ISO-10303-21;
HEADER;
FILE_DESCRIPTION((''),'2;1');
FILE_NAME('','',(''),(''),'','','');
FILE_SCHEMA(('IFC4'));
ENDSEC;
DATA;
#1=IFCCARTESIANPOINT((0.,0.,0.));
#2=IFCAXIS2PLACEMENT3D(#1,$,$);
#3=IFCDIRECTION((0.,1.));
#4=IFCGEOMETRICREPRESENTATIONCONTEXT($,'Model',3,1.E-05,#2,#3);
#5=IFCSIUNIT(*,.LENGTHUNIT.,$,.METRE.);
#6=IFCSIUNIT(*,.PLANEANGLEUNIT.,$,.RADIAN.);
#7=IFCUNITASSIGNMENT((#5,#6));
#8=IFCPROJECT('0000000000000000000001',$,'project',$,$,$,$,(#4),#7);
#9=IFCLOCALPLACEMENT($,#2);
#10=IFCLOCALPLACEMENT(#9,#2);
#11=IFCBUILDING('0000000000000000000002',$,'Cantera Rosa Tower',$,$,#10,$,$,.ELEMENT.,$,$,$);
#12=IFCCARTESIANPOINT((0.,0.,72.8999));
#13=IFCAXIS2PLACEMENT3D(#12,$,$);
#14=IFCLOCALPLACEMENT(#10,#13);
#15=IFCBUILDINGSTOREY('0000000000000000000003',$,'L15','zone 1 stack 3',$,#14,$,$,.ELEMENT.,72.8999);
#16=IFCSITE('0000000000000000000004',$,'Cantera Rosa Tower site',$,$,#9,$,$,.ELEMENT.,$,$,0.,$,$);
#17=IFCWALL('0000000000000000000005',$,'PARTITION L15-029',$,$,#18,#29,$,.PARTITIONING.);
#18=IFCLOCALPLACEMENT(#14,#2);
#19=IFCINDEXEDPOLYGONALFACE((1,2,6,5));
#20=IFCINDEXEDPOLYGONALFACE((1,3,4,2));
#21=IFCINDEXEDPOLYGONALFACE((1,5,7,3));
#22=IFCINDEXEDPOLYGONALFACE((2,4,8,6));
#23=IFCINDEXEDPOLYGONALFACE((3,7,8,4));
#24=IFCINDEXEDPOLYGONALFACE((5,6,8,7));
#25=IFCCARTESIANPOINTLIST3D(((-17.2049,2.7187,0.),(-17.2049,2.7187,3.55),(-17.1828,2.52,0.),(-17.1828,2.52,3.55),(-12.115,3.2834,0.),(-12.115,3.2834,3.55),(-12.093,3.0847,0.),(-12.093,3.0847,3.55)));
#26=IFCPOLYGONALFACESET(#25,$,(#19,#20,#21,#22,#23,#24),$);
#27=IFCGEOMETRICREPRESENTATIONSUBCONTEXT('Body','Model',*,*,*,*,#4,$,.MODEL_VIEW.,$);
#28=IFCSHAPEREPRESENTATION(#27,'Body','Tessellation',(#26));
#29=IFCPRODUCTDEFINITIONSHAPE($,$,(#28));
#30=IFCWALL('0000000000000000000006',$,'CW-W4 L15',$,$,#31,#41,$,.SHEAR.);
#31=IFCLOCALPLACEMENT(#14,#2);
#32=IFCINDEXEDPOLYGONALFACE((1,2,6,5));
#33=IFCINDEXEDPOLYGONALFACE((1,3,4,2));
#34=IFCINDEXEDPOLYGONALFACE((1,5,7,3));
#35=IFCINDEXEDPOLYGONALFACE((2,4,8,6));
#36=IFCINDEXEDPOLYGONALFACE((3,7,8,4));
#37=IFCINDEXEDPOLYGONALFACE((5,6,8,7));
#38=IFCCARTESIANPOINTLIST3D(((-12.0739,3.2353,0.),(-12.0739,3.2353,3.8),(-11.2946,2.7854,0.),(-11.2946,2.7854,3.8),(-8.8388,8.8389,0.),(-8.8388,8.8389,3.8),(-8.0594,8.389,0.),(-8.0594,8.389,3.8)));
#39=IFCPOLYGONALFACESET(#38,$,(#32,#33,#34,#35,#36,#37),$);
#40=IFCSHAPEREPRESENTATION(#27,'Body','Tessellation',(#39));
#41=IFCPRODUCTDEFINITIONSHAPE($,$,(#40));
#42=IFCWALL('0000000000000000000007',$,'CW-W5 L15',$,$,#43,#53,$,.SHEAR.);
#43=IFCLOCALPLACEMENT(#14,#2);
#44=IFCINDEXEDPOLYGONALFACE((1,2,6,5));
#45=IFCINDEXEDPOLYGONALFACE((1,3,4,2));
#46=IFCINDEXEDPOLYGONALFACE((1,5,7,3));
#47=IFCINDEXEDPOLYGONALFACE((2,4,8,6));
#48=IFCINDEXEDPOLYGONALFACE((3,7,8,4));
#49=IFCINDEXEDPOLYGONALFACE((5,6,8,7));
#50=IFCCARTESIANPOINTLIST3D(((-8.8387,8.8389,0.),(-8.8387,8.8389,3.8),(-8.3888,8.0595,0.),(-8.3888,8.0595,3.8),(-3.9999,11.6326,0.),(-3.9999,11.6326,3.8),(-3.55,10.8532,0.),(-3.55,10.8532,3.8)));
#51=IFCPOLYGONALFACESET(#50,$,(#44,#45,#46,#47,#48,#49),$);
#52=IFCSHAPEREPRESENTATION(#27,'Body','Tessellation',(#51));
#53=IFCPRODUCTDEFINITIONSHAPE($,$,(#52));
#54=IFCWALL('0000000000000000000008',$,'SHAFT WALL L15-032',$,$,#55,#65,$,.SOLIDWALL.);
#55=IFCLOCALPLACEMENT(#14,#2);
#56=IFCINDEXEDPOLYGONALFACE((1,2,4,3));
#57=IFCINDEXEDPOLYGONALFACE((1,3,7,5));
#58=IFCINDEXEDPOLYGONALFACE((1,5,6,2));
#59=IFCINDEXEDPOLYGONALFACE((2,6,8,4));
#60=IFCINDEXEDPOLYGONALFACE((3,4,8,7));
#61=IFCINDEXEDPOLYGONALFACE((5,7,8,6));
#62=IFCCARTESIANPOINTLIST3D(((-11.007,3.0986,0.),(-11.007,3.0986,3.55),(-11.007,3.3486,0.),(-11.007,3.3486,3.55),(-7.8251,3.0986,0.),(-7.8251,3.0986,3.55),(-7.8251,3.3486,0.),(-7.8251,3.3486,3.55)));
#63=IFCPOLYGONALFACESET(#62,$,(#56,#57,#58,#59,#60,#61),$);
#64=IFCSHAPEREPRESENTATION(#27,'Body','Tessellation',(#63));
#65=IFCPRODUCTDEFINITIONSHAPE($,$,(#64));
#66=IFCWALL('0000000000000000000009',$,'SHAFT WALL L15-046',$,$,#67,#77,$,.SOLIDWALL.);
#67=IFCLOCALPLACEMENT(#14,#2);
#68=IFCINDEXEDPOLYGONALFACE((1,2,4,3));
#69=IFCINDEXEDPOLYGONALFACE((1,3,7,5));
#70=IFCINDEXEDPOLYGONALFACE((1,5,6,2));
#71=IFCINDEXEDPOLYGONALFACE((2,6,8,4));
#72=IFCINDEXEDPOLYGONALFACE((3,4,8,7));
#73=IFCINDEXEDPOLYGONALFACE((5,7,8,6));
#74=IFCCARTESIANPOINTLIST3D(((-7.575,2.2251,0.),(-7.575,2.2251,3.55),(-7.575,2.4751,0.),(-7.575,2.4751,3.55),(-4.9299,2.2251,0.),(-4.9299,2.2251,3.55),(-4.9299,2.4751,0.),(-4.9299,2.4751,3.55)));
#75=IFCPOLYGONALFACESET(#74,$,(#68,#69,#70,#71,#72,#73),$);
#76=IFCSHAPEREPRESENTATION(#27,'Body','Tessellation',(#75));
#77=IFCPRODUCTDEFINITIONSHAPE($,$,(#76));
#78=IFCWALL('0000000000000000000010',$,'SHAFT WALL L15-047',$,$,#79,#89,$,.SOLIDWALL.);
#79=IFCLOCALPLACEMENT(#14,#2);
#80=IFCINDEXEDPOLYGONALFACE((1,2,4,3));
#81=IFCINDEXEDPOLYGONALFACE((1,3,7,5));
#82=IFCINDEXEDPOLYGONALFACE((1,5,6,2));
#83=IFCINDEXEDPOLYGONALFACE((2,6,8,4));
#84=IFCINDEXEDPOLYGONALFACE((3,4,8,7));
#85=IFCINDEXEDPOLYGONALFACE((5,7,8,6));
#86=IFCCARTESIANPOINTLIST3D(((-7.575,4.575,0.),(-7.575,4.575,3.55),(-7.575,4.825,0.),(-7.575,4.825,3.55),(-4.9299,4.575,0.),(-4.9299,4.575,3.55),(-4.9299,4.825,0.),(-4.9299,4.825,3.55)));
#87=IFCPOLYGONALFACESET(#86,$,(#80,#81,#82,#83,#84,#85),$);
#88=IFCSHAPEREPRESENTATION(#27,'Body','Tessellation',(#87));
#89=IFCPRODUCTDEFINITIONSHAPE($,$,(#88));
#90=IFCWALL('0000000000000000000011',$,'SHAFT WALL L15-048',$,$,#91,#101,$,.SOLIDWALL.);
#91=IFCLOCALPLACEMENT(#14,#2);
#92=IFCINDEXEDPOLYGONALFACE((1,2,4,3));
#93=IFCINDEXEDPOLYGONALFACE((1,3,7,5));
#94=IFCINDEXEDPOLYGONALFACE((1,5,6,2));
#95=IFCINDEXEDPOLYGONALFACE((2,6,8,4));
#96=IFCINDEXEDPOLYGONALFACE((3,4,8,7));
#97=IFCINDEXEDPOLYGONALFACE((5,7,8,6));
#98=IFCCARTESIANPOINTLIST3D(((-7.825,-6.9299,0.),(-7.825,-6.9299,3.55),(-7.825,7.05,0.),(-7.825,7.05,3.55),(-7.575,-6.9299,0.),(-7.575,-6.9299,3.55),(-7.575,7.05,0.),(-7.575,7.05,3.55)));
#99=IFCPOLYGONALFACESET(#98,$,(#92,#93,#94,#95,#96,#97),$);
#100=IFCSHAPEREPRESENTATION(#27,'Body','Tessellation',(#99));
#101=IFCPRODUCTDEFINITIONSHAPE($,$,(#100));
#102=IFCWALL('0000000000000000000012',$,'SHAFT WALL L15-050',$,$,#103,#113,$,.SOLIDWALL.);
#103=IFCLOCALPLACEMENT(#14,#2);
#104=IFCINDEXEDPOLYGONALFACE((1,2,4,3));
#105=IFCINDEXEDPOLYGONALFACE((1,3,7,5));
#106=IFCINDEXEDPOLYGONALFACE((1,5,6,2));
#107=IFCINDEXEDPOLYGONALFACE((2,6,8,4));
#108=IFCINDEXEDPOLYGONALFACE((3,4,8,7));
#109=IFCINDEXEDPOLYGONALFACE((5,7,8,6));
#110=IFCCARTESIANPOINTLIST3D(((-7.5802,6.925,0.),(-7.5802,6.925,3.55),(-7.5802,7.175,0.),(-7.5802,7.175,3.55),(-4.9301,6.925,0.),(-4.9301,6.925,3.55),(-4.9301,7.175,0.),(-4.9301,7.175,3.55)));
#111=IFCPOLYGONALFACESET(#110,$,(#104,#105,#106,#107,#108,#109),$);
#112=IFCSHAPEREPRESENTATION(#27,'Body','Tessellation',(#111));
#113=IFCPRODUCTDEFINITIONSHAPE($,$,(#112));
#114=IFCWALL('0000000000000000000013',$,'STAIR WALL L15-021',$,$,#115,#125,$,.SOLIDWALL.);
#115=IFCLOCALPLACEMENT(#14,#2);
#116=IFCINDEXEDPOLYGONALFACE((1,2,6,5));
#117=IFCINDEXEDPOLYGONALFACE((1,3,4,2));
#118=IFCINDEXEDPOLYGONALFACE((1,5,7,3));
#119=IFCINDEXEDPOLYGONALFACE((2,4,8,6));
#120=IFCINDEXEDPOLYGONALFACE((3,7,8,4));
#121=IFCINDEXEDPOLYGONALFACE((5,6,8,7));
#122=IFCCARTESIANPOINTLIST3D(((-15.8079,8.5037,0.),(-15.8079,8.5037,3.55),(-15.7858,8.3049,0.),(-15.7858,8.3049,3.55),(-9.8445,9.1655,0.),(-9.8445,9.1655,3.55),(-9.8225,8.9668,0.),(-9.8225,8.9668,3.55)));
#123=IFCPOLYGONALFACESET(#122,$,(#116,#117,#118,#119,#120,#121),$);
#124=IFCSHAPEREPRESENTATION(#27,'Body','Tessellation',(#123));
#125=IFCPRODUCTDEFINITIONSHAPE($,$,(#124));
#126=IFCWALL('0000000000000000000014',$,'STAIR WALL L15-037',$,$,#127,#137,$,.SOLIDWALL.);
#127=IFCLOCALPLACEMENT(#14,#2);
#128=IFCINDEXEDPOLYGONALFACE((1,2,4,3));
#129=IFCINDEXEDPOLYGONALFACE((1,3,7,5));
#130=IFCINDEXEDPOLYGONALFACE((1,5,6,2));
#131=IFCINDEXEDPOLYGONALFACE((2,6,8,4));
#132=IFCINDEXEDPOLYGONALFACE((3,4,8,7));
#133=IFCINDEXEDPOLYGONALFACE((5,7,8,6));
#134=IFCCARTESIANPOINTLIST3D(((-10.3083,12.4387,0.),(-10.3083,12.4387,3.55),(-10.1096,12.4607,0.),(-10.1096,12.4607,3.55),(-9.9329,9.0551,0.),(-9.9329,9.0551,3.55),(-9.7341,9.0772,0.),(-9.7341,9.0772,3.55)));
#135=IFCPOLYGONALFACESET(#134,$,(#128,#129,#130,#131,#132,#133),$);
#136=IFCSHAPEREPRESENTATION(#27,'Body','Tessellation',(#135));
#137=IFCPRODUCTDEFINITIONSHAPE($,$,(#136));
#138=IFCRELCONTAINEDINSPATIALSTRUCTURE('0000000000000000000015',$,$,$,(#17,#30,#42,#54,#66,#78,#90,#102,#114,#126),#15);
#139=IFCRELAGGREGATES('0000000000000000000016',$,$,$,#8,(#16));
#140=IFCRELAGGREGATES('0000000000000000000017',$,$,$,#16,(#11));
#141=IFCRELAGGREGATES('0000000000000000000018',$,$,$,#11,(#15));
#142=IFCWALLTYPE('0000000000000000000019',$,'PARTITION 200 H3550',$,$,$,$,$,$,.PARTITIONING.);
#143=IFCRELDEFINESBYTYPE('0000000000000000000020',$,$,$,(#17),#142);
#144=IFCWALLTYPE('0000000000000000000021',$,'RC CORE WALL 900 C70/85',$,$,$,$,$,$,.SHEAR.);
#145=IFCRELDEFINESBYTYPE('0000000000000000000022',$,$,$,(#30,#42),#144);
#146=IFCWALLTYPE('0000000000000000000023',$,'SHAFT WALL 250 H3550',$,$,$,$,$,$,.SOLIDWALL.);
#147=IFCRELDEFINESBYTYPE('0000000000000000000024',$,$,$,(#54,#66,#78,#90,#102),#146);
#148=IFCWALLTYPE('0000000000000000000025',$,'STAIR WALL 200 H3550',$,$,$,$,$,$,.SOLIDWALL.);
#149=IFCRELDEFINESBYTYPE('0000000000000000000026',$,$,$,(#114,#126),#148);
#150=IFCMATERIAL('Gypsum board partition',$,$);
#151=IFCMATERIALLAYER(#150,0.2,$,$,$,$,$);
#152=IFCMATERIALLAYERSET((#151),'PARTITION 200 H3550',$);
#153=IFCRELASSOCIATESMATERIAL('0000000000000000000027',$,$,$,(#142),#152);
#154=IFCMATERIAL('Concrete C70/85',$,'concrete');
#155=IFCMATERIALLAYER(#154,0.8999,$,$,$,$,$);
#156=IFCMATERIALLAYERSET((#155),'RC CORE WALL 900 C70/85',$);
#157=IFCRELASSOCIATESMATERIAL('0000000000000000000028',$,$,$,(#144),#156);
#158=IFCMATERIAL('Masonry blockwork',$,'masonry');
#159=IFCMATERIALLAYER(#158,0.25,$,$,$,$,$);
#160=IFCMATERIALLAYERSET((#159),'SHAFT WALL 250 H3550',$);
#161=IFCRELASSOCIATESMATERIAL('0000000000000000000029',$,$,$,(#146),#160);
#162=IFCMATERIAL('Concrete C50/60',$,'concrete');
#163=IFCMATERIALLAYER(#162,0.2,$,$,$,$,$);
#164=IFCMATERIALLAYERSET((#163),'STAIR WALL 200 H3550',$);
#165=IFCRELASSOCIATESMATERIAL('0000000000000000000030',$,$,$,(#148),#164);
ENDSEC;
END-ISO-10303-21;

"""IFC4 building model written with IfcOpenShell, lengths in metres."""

from ifc_helpers import new_model, si_unit, direction, frame, frame_2d, origin, place, context, subcontext, project, spatial, rectangle, extrude, material, layer, layer_set, type_object, element, save


model = new_model("IFC4")

# Units and contexts
model_context = context("Model", 3, precision=1e-05, world=origin(), true_north=direction((0.0, 1.0)))
body_context = subcontext(model_context, "Body", "Model", "MODEL_VIEW")
ifc_project = project(units=[si_unit("LENGTHUNIT", "METRE"), si_unit("PLANEANGLEUNIT", "RADIAN")], contexts=[model_context])

# Site, building, storey
site_placement = place(None, origin())
site = spatial("IfcSite", under=ifc_project, at=site_placement, Name="Cantera Rosa Tower site", CompositionType="ELEMENT", RefElevation=0.0)
building_placement = place(site_placement, origin())
building = spatial("IfcBuilding", under=site, at=building_placement, Name="Cantera Rosa Tower", CompositionType="ELEMENT")
storey_placement = place(building_placement, frame((0.0, 0.0, 72.8999)))
storey = spatial("IfcBuildingStorey", under=building, at=storey_placement, Name="L15", Description="zone 1 stack 3", CompositionType="ELEMENT", Elevation=72.8999)

# Walls
ifc_material_1 = material(Name="Gypsum board partition")
ifc_layer_1 = layer(ifc_material_1, 0.2)
ifc_layer_set_1 = layer_set([ifc_layer_1], Name="PARTITION 200 H3550")
wall_type_1 = type_object("IfcWallType", Name="PARTITION 200 H3550", PredefinedType="PARTITIONING", material=ifc_layer_set_1)
wall_1_placement = place(storey_placement, frame((-12.104, 3.1841, 0.0), z_axis=(0.0, 0.0, 1.0), x_axis=(-0.993902, -0.110269, 0.0)))
element("IfcWall", 1, at=wall_1_placement, inside=storey, type_object=wall_type_1, Name="PARTITION L15-029", PredefinedType="PARTITIONING", context=body_context, shape_type="SweptSolid", body=[
    extrude(rectangle(XDim=5.1211, YDim=0.2, at=frame_2d((2.5605, 0.0))), origin(), (0.0, 0.0, 1.0), 3.55),
])
ifc_material_2 = material(Name="Concrete C70/85", Category="concrete")
ifc_layer_2 = layer(ifc_material_2, 0.8999)
ifc_layer_set_2 = layer_set([ifc_layer_2], Name="RC CORE WALL 900 C70/85")
wall_type_2 = type_object("IfcWallType", Name="RC CORE WALL 900 C70/85", PredefinedType="SHEAR", material=ifc_layer_set_2)
wall_2_placement = place(storey_placement, frame((-11.6843, 3.0103, 0.0), z_axis=(0.0, 0.0, 1.0), x_axis=(0.49999, 0.866031, 0.0)))
element("IfcWall", 2, at=wall_2_placement, inside=storey, type_object=wall_type_2, Name="CW-W4 L15", PredefinedType="SHEAR", context=body_context, shape_type="SweptSolid", body=[
    extrude(rectangle(XDim=6.4705, YDim=0.8999, at=frame_2d((3.2354, 0.0))), origin(), (0.0, 0.0, 1.0), 3.8),
])
wall_3_placement = place(storey_placement, frame((-8.6138, 8.4492, 0.0), z_axis=(0.0, 0.0, 1.0), x_axis=(0.866027, 0.499997, 0.0)))
element("IfcWall", 3, at=wall_3_placement, inside=storey, type_object=wall_type_2, Name="CW-W5 L15", PredefinedType="SHEAR", context=body_context, shape_type="SweptSolid", body=[
    extrude(rectangle(XDim=5.5874, YDim=0.8999, at=frame_2d((2.7937, 0.0))), origin(), (0.0, 0.0, 1.0), 3.8),
])
ifc_material_3 = material(Name="Masonry blockwork", Category="masonry")
ifc_layer_3 = layer(ifc_material_3, 0.25)
ifc_layer_set_3 = layer_set([ifc_layer_3], Name="SHAFT WALL 250 H3550")
wall_type_3 = type_object("IfcWallType", Name="SHAFT WALL 250 H3550", PredefinedType="SOLIDWALL", material=ifc_layer_set_3)
wall_4_placement = place(storey_placement, frame((-11.0068, 3.2236, 0.0), z_axis=(0.0, 0.0, 1.0), x_axis=(1.0, 0.0, 0.0)))
element("IfcWall", 4, at=wall_4_placement, inside=storey, type_object=wall_type_3, Name="SHAFT WALL L15-032", PredefinedType="SOLIDWALL", context=body_context, shape_type="SweptSolid", body=[
    extrude(rectangle(XDim=3.1819, YDim=0.25, at=frame_2d((1.5908, 0.0))), origin(), (0.0, 0.0, 1.0), 3.55),
])
for number, where, z_axis, x_axis, name in (
    (5, (-7.575, 2.3501, 0.0), (0.0, 0.0, 1.0), (1.0, 0.0, 0.0), "SHAFT WALL L15-046"),
    (6, (-7.575, 4.7, 0.0), (0.0, 0.0, 1.0), (1.0, 0.0, 0.0), "SHAFT WALL L15-047"),
):
    element("IfcWall", number, at=place(storey_placement, frame(where, z_axis=z_axis, x_axis=x_axis)), inside=storey, type_object=wall_type_3, Name=name, PredefinedType="SOLIDWALL", context=body_context, shape_type="SweptSolid", body=[
        extrude(rectangle(XDim=2.645, YDim=0.25, at=frame_2d((1.3225, 0.0))), origin(), (0.0, 0.0, 1.0), 3.55),
    ])
wall_5_placement = place(storey_placement, frame((-7.7, 7.05, 0.0), z_axis=(0.0, 0.0, 1.0), x_axis=(0.0, -1.0, 0.0)))
element("IfcWall", 7, at=wall_5_placement, inside=storey, type_object=wall_type_3, Name="SHAFT WALL L15-048", PredefinedType="SOLIDWALL", context=body_context, shape_type="SweptSolid", body=[
    extrude(rectangle(XDim=13.98, YDim=0.25, at=frame_2d((6.99, 0.0))), origin(), (0.0, 0.0, 1.0), 3.55),
])
wall_6_placement = place(storey_placement, frame((-4.9299, 7.05, 0.0), z_axis=(0.0, 0.0, 1.0), x_axis=(-1.0, 0.0, 0.0)))
element("IfcWall", 8, at=wall_6_placement, inside=storey, type_object=wall_type_3, Name="SHAFT WALL L15-050", PredefinedType="SOLIDWALL", context=body_context, shape_type="SweptSolid", body=[
    extrude(rectangle(XDim=2.6501, YDim=0.25, at=frame_2d((1.3252, 0.0))), origin(), (0.0, 0.0, 1.0), 3.55),
])
ifc_material_4 = material(Name="Concrete C50/60", Category="concrete")
ifc_layer_4 = layer(ifc_material_4, 0.2)
ifc_layer_set_4 = layer_set([ifc_layer_4], Name="STAIR WALL 200 H3550")
wall_type_4 = type_object("IfcWallType", Name="STAIR WALL 200 H3550", PredefinedType="SOLIDWALL", material=ifc_layer_set_4)
wall_7_placement = place(storey_placement, frame((-15.7969, 8.4043, 0.0), z_axis=(0.0, 0.0, 1.0), x_axis=(0.993897, 0.110311, 0.0)))
element("IfcWall", 9, at=wall_7_placement, inside=storey, type_object=wall_type_4, Name="STAIR WALL L15-021", PredefinedType="SOLIDWALL", context=body_context, shape_type="SweptSolid", body=[
    extrude(rectangle(XDim=6.0, YDim=0.2, at=frame_2d((3.0, 0.0))), origin(), (0.0, 0.0, 1.0), 3.55),
])
wall_8_placement = place(storey_placement, frame((-9.8335, 9.0662, 0.0), z_axis=(0.0, 0.0, 1.0), x_axis=(-0.110298, 0.993899, 0.0)))
element("IfcWall", 10, at=wall_8_placement, inside=storey, type_object=wall_type_4, Name="STAIR WALL L15-037", PredefinedType="SOLIDWALL", context=body_context, shape_type="SweptSolid", body=[
    extrude(rectangle(XDim=3.4043, YDim=0.2, at=frame_2d((1.7021, 0.0))), origin(), (0.0, 0.0, 1.0), 3.55),
])

save(model, "model.ifc")
